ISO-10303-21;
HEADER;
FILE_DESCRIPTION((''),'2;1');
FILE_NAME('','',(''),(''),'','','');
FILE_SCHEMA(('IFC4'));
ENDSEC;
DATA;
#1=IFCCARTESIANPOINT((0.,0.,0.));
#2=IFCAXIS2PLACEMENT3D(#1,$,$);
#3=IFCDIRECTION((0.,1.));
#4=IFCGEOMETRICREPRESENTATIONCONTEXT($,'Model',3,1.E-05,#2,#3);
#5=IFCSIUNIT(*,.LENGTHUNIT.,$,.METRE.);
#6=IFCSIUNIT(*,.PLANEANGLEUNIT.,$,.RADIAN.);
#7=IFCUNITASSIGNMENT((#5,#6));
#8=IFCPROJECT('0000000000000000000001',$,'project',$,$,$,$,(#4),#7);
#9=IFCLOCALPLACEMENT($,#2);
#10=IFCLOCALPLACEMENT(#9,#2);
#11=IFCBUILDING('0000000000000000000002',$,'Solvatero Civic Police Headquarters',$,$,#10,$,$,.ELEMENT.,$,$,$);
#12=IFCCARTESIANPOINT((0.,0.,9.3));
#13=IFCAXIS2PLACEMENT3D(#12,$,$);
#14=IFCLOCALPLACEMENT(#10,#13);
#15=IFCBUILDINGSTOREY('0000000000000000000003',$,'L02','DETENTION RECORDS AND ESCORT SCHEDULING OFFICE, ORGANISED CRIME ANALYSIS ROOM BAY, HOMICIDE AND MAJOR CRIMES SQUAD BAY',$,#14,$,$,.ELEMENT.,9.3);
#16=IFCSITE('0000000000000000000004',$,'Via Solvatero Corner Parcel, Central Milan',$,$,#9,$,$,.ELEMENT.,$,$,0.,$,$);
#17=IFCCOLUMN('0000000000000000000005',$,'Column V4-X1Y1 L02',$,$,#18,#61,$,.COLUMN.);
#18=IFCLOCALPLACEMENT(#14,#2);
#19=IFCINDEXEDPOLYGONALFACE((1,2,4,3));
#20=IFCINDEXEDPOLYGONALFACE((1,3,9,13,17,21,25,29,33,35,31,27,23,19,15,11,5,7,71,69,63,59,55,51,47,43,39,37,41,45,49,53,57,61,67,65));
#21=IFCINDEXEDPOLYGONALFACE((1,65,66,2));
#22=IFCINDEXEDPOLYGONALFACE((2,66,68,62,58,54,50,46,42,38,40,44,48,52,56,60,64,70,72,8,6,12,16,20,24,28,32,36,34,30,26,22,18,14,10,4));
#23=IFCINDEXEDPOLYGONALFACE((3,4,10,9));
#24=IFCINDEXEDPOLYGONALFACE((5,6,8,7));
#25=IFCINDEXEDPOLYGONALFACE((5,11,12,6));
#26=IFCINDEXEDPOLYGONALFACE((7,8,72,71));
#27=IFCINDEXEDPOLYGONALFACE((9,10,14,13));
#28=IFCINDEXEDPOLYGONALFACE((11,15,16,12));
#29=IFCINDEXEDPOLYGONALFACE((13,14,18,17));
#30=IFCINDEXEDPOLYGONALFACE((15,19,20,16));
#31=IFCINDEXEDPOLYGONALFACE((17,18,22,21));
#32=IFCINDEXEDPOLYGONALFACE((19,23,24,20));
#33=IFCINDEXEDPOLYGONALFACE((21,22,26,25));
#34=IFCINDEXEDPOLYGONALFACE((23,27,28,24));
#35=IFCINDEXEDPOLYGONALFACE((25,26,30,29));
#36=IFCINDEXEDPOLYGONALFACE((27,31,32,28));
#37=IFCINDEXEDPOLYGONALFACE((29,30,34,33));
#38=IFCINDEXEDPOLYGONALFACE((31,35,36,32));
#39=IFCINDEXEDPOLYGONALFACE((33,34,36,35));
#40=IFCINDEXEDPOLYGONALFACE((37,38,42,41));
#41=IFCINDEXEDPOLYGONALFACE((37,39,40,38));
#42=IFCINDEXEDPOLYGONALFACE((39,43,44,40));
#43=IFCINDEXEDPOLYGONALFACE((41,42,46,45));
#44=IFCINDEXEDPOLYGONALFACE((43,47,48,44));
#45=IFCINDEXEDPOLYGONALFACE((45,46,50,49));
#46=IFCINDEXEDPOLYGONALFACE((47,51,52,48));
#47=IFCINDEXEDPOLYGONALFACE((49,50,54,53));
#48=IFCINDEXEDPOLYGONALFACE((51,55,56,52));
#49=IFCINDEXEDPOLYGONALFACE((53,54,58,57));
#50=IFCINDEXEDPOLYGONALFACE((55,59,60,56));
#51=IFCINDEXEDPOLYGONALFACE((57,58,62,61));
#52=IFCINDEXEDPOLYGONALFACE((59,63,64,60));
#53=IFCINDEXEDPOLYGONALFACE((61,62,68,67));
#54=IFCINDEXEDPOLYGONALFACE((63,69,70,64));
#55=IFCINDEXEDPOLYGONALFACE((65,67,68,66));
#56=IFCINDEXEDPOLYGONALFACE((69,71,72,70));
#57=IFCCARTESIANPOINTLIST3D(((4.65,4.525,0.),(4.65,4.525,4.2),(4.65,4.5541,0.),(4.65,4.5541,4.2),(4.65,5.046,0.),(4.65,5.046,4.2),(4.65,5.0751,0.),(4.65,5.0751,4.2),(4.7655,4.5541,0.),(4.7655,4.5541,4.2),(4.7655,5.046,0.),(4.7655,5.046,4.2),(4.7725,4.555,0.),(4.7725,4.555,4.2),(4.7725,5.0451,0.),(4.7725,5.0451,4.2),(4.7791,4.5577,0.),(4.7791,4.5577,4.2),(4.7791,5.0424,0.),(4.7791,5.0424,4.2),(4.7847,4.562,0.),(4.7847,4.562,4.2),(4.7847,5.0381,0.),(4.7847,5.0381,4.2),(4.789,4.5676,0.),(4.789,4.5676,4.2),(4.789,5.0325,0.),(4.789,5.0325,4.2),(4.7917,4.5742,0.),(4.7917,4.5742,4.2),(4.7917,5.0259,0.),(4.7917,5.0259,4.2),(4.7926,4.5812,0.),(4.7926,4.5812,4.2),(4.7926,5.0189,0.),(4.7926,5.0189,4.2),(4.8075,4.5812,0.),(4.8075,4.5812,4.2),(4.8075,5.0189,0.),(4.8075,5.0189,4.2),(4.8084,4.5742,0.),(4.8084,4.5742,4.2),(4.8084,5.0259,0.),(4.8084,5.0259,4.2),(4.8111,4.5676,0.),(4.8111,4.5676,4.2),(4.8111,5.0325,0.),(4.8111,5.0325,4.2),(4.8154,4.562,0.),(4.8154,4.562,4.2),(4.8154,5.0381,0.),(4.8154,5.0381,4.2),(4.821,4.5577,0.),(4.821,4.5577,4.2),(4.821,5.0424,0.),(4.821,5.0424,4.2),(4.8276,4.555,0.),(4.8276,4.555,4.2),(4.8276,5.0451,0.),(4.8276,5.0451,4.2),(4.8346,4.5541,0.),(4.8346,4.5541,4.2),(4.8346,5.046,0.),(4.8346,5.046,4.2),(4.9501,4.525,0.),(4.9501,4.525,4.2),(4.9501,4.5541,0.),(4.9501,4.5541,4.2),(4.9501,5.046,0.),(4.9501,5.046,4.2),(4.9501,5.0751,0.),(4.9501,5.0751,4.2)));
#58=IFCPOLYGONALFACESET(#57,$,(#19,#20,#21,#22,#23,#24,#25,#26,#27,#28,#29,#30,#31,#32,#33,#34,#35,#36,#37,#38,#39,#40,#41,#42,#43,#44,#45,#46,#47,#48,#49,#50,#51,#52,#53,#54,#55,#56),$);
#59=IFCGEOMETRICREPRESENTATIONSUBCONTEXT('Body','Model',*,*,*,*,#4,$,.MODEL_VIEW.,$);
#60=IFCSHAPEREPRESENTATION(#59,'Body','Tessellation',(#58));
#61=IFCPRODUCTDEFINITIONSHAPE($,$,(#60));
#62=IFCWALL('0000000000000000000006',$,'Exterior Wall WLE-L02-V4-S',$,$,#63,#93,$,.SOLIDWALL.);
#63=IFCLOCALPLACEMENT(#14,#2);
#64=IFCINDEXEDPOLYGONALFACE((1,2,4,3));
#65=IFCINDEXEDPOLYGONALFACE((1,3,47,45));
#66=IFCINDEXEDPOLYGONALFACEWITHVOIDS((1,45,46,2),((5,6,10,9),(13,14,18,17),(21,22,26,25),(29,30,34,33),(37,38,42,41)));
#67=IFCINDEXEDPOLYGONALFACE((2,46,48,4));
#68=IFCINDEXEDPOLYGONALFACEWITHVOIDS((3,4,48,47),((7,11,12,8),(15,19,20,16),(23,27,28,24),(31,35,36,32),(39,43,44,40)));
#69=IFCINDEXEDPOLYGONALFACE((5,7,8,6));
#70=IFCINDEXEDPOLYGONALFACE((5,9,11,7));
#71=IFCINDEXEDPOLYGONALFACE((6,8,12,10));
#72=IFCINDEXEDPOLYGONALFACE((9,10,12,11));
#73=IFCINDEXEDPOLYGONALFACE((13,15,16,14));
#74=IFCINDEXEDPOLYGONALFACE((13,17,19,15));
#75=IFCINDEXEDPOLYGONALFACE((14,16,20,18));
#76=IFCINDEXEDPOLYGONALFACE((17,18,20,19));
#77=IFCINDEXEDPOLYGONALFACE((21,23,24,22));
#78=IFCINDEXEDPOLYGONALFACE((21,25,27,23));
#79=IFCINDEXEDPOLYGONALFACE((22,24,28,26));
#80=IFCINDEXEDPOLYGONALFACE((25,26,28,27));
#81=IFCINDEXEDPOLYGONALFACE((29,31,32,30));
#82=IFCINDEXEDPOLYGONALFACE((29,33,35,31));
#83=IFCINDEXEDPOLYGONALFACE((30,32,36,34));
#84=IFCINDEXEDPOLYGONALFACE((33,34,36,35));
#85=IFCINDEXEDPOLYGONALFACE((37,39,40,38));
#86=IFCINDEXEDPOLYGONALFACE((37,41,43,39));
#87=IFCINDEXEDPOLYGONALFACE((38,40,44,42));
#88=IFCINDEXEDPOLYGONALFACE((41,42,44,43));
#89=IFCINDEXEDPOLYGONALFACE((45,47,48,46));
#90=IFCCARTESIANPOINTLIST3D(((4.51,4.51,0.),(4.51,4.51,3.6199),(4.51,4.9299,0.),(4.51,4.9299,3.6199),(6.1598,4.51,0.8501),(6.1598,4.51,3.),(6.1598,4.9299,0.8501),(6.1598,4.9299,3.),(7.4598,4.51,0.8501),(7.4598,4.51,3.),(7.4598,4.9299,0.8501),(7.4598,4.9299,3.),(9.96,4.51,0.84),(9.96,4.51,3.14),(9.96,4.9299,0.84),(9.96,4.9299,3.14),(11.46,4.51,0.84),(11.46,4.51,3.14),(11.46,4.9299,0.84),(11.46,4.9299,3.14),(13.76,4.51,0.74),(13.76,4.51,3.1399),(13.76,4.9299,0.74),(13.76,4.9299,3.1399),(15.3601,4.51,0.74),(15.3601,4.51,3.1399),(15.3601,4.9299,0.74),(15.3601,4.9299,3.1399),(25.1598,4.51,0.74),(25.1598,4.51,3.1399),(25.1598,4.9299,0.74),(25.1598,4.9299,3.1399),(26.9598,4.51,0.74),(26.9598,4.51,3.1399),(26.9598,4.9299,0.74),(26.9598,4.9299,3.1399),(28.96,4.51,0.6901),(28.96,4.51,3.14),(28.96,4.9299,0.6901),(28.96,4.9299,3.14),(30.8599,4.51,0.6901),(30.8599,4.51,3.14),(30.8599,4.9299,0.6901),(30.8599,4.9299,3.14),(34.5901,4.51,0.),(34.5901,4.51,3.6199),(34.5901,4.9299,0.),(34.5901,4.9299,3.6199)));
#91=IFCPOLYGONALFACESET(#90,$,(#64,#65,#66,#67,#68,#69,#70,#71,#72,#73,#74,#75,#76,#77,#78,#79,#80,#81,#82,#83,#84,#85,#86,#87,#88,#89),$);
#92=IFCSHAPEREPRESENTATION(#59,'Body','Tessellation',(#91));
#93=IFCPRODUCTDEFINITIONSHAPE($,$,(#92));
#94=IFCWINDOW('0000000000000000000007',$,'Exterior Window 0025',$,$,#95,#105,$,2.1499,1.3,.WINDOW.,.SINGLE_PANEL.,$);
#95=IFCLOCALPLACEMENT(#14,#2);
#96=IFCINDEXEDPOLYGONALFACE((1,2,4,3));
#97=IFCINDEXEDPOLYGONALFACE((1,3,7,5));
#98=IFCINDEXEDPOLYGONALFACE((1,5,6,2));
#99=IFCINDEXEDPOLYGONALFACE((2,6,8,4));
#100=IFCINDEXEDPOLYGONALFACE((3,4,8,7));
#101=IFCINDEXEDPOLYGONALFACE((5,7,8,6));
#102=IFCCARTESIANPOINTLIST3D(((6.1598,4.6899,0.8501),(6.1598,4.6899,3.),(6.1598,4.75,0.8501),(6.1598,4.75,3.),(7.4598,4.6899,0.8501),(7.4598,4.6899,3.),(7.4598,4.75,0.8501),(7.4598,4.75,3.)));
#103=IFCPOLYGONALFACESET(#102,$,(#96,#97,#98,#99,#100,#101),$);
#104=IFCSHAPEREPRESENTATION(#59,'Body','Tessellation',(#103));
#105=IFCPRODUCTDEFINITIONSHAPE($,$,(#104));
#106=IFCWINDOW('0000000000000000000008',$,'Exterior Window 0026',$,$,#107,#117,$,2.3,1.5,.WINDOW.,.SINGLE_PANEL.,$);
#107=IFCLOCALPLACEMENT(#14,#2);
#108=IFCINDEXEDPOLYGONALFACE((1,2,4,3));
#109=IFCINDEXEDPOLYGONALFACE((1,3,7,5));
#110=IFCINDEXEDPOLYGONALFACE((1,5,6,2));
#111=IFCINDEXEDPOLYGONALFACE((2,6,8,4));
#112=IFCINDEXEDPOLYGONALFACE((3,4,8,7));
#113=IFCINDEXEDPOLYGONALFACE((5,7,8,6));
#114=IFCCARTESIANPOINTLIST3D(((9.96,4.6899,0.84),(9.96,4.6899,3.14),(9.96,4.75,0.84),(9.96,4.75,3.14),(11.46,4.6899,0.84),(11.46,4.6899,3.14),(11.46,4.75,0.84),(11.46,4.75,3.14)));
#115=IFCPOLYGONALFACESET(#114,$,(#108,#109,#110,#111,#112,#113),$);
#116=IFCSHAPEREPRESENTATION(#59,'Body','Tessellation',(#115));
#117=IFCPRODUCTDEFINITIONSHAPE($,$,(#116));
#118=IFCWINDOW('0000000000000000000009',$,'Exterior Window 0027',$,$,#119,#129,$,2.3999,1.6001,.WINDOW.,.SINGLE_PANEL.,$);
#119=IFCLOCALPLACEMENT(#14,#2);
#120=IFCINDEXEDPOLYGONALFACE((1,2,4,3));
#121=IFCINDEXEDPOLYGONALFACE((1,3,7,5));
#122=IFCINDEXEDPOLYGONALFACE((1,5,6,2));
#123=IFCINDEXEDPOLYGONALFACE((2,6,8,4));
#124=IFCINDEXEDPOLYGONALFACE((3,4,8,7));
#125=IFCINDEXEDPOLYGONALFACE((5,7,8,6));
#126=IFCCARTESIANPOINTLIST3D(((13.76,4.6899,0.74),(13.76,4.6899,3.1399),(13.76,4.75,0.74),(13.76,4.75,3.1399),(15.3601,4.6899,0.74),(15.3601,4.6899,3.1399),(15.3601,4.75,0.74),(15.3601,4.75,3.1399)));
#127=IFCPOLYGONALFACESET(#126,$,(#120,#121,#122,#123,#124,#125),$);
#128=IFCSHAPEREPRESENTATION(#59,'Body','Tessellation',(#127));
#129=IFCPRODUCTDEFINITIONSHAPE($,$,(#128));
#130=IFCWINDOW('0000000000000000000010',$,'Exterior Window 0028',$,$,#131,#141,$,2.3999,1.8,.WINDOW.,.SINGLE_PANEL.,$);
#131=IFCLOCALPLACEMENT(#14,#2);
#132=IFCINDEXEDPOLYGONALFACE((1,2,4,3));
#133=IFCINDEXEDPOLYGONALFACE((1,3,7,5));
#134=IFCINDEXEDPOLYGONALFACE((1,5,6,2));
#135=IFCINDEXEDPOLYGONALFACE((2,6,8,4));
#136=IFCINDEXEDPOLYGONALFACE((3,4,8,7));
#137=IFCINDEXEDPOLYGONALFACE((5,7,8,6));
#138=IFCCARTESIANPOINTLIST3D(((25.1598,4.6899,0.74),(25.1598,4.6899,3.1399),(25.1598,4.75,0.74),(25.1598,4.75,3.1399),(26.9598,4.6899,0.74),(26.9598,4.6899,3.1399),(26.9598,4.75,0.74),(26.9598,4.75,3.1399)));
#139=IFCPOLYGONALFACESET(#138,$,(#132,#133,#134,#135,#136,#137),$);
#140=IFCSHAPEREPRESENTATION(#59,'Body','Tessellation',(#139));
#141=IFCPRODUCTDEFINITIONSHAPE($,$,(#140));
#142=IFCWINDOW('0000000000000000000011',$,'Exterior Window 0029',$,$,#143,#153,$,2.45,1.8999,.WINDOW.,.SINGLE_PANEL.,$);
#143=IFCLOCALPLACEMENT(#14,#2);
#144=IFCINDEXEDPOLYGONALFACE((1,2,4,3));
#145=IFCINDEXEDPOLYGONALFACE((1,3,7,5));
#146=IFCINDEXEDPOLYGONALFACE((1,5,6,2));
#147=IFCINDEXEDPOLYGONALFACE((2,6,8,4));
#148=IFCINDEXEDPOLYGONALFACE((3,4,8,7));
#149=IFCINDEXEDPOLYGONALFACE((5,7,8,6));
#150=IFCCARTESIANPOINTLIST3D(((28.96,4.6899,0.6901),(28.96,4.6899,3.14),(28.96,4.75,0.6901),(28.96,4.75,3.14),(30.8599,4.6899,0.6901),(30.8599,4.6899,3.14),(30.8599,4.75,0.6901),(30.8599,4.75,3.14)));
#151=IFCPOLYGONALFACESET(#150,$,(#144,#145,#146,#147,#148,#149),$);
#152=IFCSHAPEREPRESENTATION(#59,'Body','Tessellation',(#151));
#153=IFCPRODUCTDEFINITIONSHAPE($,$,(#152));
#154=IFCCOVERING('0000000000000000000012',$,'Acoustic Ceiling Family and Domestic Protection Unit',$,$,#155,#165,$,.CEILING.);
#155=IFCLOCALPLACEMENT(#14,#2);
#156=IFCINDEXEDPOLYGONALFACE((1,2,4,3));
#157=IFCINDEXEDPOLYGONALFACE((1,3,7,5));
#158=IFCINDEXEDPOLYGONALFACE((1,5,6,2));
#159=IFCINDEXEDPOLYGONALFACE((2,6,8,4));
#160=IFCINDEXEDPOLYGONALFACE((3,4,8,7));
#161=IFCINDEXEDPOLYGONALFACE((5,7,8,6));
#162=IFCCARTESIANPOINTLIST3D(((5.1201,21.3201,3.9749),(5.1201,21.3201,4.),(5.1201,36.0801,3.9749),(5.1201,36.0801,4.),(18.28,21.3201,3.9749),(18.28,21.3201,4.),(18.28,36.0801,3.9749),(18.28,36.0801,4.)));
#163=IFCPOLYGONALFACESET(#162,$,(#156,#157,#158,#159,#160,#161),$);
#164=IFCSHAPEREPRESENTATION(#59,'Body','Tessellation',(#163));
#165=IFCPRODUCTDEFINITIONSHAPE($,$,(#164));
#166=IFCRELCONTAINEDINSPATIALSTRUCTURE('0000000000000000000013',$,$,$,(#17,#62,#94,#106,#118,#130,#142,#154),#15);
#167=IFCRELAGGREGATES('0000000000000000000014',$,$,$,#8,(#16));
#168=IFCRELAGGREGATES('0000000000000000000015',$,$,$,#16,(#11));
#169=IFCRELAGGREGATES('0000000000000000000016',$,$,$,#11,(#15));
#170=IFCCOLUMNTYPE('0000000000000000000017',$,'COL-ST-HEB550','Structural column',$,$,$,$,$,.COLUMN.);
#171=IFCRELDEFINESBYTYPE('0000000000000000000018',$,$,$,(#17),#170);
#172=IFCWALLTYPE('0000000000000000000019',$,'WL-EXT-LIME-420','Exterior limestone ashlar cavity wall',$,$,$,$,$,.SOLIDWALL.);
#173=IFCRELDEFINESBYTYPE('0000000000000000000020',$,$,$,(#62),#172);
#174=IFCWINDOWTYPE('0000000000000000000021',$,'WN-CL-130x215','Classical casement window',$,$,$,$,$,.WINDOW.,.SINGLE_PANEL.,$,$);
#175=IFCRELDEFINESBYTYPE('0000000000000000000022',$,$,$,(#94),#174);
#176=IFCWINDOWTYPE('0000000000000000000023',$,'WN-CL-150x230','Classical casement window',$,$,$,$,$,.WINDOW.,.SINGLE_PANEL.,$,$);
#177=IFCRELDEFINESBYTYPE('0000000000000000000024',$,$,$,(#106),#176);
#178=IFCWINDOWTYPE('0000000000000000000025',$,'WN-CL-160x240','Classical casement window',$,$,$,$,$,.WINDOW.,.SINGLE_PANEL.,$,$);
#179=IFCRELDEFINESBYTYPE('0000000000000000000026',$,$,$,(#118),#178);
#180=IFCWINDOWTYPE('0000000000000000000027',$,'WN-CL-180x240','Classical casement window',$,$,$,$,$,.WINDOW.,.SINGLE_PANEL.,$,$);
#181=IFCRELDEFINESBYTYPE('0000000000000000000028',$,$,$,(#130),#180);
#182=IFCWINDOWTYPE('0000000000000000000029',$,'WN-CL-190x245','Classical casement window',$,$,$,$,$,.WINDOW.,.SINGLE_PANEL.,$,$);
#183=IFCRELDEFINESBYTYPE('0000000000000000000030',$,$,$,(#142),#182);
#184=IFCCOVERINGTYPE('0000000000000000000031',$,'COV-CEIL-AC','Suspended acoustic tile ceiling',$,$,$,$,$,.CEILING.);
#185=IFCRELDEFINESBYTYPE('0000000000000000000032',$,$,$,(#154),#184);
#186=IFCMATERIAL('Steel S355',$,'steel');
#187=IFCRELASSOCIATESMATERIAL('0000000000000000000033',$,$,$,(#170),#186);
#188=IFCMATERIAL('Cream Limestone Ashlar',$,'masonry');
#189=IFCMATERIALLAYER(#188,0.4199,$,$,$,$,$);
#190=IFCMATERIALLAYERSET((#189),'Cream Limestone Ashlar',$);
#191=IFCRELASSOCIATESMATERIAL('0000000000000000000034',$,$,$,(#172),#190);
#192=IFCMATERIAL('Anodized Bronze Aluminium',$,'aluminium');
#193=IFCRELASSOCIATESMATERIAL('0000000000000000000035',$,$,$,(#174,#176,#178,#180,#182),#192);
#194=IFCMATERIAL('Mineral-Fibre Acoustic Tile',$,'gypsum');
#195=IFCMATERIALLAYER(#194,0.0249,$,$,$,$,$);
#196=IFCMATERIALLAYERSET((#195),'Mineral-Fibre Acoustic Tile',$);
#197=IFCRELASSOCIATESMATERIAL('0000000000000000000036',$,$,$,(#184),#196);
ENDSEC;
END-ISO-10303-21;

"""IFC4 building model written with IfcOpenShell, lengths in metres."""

from ifc_helpers import new_model, si_unit, direction, frame, frame_2d, origin, origin_2d, place, context, subcontext, project, spatial, polyline, rectangle, i_section, outline, extrude, material, layer, layer_set, material_profile, profile_set, type_object, element, fill, save


model = new_model("IFC4")

# Units and contexts
model_context = context("Model", 3, precision=1e-05, world=origin(), true_north=direction((0.0, 1.0)))
body_context = subcontext(model_context, "Body", "Model", "MODEL_VIEW")
ifc_project = project(units=[si_unit("LENGTHUNIT", "METRE"), si_unit("PLANEANGLEUNIT", "RADIAN")], contexts=[model_context])

# Site, building, storey
site_placement = place(None, origin())
site = spatial("IfcSite", under=ifc_project, at=site_placement, Name="Via Solvatero Corner Parcel, Central Milan", CompositionType="ELEMENT", RefElevation=0.0)
building_placement = place(site_placement, origin())
building = spatial("IfcBuilding", under=site, at=building_placement, Name="Solvatero Civic Police Headquarters", CompositionType="ELEMENT")
storey_placement = place(building_placement, frame((0.0, 0.0, 9.3)))
storey = spatial("IfcBuildingStorey", under=building, at=storey_placement, Name="L02", Description="DETENTION RECORDS AND ESCORT SCHEDULING OFFICE, ORGANISED CRIME ANALYSIS ROOM BAY, HOMICIDE AND MAJOR CRIMES SQUAD BAY", CompositionType="ELEMENT", Elevation=9.3)

# Column
ifc_material_1 = material(Name="Steel S355", Category="steel")
ifc_material_profile = material_profile(ifc_material_1, i_section(OverallWidth=0.3, OverallDepth=0.55, WebThickness=0.0149, FlangeThickness=0.0291, FilletRadius=0.0271, at=origin_2d()), Name="HEB 550")
ifc_profile_set = profile_set([ifc_material_profile], Name="Steel S355")
column_type = type_object("IfcColumnType", Name="COL-ST-HEB550", Description="Structural column", PredefinedType="COLUMN", material=ifc_profile_set)
column_placement = place(storey_placement, frame((4.8, 4.8, 0.0), z_axis=(0.0, 0.0, 1.0), x_axis=(1.0, 0.0, 0.0)))
element("IfcColumn", 1, at=column_placement, inside=storey, type_object=column_type, Name="Column V4-X1Y1 L02", PredefinedType="COLUMN", context=body_context, shape_type="SweptSolid", body=[
    extrude(i_section(OverallWidth=0.3, OverallDepth=0.55, WebThickness=0.0149, FlangeThickness=0.0291, FilletRadius=0.0271, at=origin_2d()), origin(), (0.0, 0.0, 1.0), 4.2),
])

# Wall, openings, windows
ifc_material_2 = material(Name="Cream Limestone Ashlar", Category="masonry")
ifc_layer_1 = layer(ifc_material_2, 0.4199)
ifc_layer_set_1 = layer_set([ifc_layer_1], Name="Cream Limestone Ashlar")
wall_type = type_object("IfcWallType", Name="WL-EXT-LIME-420", Description="Exterior limestone ashlar cavity wall", PredefinedType="SOLIDWALL", material=ifc_layer_set_1)
wall_placement = place(storey_placement, frame((4.51, 4.72, 0.0), z_axis=(0.0, 0.0, 1.0), x_axis=(1.0, 0.0, 0.0)))
wall = element("IfcWall", 2, at=wall_placement, inside=storey, type_object=wall_type, Name="Exterior Wall WLE-L02-V4-S", PredefinedType="SOLIDWALL", context=body_context, shape_type="SweptSolid", body=[
    extrude(rectangle(XDim=30.0801, YDim=0.4199, at=frame_2d((15.04, 0.0))), origin(), (0.0, 0.0, 1.0), 3.6199),
])
opening_1_placement = place(wall_placement, frame((1.6499, 0.0, 0.8501)))
opening_1 = element("IfcOpeningElement", 3, at=opening_1_placement, cuts=wall, PredefinedType="OPENING", context=body_context, shape_type="SweptSolid", body=[
    extrude(rectangle(XDim=1.3, YDim=2.1499, at=frame_2d((0.6499, 1.075))), frame((0.0, 0.22, 0.0), z_axis=(0.0, -1.0, 0.0), x_axis=(1.0, 0.0, 0.0)), (0.0, 0.0, 1.0), 0.4399),
])
opening_2_placement = place(wall_placement, frame((5.45, 0.0, 0.8401)))
opening_2 = element("IfcOpeningElement", 4, at=opening_2_placement, cuts=wall, PredefinedType="OPENING", context=body_context, shape_type="SweptSolid", body=[
    extrude(rectangle(XDim=1.5, YDim=2.3, at=frame_2d((0.75, 1.1499))), frame((0.0, 0.22, 0.0), z_axis=(0.0, -1.0, 0.0), x_axis=(1.0, 0.0, 0.0)), (0.0, 0.0, 1.0), 0.4399),
])
opening_3_placement = place(wall_placement, frame((9.25, 0.0, 0.74)))
opening_3 = element("IfcOpeningElement", 5, at=opening_3_placement, cuts=wall, PredefinedType="OPENING", context=body_context, shape_type="SweptSolid", body=[
    extrude(rectangle(XDim=1.6001, YDim=2.3999, at=frame_2d((0.8, 1.2))), frame((0.0, 0.22, 0.0), z_axis=(0.0, -1.0, 0.0), x_axis=(1.0, 0.0, 0.0)), (0.0, 0.0, 1.0), 0.4399),
])
opening_4_placement = place(wall_placement, frame((20.6499, 0.0, 0.74)))
opening_4 = element("IfcOpeningElement", 6, at=opening_4_placement, cuts=wall, PredefinedType="OPENING", context=body_context, shape_type="SweptSolid", body=[
    extrude(rectangle(XDim=1.8, YDim=2.3999, at=frame_2d((0.8999, 1.2))), frame((0.0, 0.22, 0.0), z_axis=(0.0, -1.0, 0.0), x_axis=(1.0, 0.0, 0.0)), (0.0, 0.0, 1.0), 0.4399),
])
opening_5_placement = place(wall_placement, frame((24.45, 0.0, 0.6899)))
opening_5 = element("IfcOpeningElement", 7, at=opening_5_placement, cuts=wall, PredefinedType="OPENING", context=body_context, shape_type="SweptSolid", body=[
    extrude(rectangle(XDim=1.8999, YDim=2.45, at=frame_2d((0.95, 1.2251))), frame((0.0, 0.22, 0.0), z_axis=(0.0, -1.0, 0.0), x_axis=(1.0, 0.0, 0.0)), (0.0, 0.0, 1.0), 0.4399),
])
ifc_material_3 = material(Name="Anodized Bronze Aluminium", Category="aluminium")
window_type_1 = type_object("IfcWindowType", Name="WN-CL-130x215", Description="Classical casement window", PartitioningType="SINGLE_PANEL", PredefinedType="WINDOW", material=ifc_material_3)
window_1_placement = place(opening_1_placement, origin())
window_1 = element("IfcWindow", 8, at=window_1_placement, inside=storey, type_object=window_type_1, Name="Exterior Window 0025", OverallHeight=2.1499, OverallWidth=1.3, PartitioningType="SINGLE_PANEL", PredefinedType="WINDOW", context=body_context, shape_type="SweptSolid", body=[
    extrude(rectangle(XDim=1.3, YDim=2.1499, at=frame_2d((0.6499, 1.075))), frame((0.0, 0.03, 0.0), z_axis=(0.0, -1.0, 0.0), x_axis=(1.0, 0.0, 0.0)), (0.0, 0.0, 1.0), 0.0601),
])
fill(opening_1, window_1)
window_type_2 = type_object("IfcWindowType", Name="WN-CL-150x230", Description="Classical casement window", PartitioningType="SINGLE_PANEL", PredefinedType="WINDOW", material=ifc_material_3)
window_2_placement = place(opening_2_placement, origin())
window_2 = element("IfcWindow", 9, at=window_2_placement, inside=storey, type_object=window_type_2, Name="Exterior Window 0026", OverallHeight=2.3, OverallWidth=1.5, PartitioningType="SINGLE_PANEL", PredefinedType="WINDOW", context=body_context, shape_type="SweptSolid", body=[
    extrude(rectangle(XDim=1.5, YDim=2.3, at=frame_2d((0.75, 1.1499))), frame((0.0, 0.03, 0.0), z_axis=(0.0, -1.0, 0.0), x_axis=(1.0, 0.0, 0.0)), (0.0, 0.0, 1.0), 0.0601),
])
fill(opening_2, window_2)
window_type_3 = type_object("IfcWindowType", Name="WN-CL-160x240", Description="Classical casement window", PartitioningType="SINGLE_PANEL", PredefinedType="WINDOW", material=ifc_material_3)
window_3_placement = place(opening_3_placement, origin())
window_3 = element("IfcWindow", 10, at=window_3_placement, inside=storey, type_object=window_type_3, Name="Exterior Window 0027", OverallHeight=2.3999, OverallWidth=1.6001, PartitioningType="SINGLE_PANEL", PredefinedType="WINDOW", context=body_context, shape_type="SweptSolid", body=[
    extrude(rectangle(XDim=1.6001, YDim=2.3999, at=frame_2d((0.8, 1.2))), frame((0.0, 0.03, 0.0), z_axis=(0.0, -1.0, 0.0), x_axis=(1.0, 0.0, 0.0)), (0.0, 0.0, 1.0), 0.0601),
])
fill(opening_3, window_3)
window_type_4 = type_object("IfcWindowType", Name="WN-CL-180x240", Description="Classical casement window", PartitioningType="SINGLE_PANEL", PredefinedType="WINDOW", material=ifc_material_3)
window_4_placement = place(opening_4_placement, origin())
window_4 = element("IfcWindow", 11, at=window_4_placement, inside=storey, type_object=window_type_4, Name="Exterior Window 0028", OverallHeight=2.3999, OverallWidth=1.8, PartitioningType="SINGLE_PANEL", PredefinedType="WINDOW", context=body_context, shape_type="SweptSolid", body=[
    extrude(rectangle(XDim=1.8, YDim=2.3999, at=frame_2d((0.8999, 1.2))), frame((0.0, 0.03, 0.0), z_axis=(0.0, -1.0, 0.0), x_axis=(1.0, 0.0, 0.0)), (0.0, 0.0, 1.0), 0.0601),
])
fill(opening_4, window_4)
window_type_5 = type_object("IfcWindowType", Name="WN-CL-190x245", Description="Classical casement window", PartitioningType="SINGLE_PANEL", PredefinedType="WINDOW", material=ifc_material_3)
window_5_placement = place(opening_5_placement, origin())
window_5 = element("IfcWindow", 12, at=window_5_placement, inside=storey, type_object=window_type_5, Name="Exterior Window 0029", OverallHeight=2.45, OverallWidth=1.8999, PartitioningType="SINGLE_PANEL", PredefinedType="WINDOW", context=body_context, shape_type="SweptSolid", body=[
    extrude(rectangle(XDim=1.8999, YDim=2.45, at=frame_2d((0.95, 1.2251))), frame((0.0, 0.03, 0.0), z_axis=(0.0, -1.0, 0.0), x_axis=(1.0, 0.0, 0.0)), (0.0, 0.0, 1.0), 0.0601),
])
fill(opening_5, window_5)

# Covering
ifc_material_4 = material(Name="Mineral-Fibre Acoustic Tile", Category="gypsum")
ifc_layer_2 = layer(ifc_material_4, 0.0249)
ifc_layer_set_2 = layer_set([ifc_layer_2], Name="Mineral-Fibre Acoustic Tile")
covering_type_1 = type_object("IfcCoveringType", Name="COV-CEIL-AC", Description="Suspended acoustic tile ceiling", PredefinedType="CEILING", material=ifc_layer_set_2)
covering_1_placement = place(storey_placement, frame((0.0, 0.0, 3.9749)))
element("IfcCovering", 13, at=covering_1_placement, inside=storey, type_object=covering_type_1, Name="Acoustic Ceiling Family and Domestic Protection Unit", PredefinedType="CEILING", context=body_context, shape_type="SweptSolid", body=[
    extrude(outline(polyline([(5.1201, 21.3201), (5.1201, 36.0801), (18.28, 36.0801), (18.28, 21.3201), (5.1201, 21.3201)])), origin(), (0.0, 0.0, 1.0), 0.0251),
])

save(model, "model.ifc")
